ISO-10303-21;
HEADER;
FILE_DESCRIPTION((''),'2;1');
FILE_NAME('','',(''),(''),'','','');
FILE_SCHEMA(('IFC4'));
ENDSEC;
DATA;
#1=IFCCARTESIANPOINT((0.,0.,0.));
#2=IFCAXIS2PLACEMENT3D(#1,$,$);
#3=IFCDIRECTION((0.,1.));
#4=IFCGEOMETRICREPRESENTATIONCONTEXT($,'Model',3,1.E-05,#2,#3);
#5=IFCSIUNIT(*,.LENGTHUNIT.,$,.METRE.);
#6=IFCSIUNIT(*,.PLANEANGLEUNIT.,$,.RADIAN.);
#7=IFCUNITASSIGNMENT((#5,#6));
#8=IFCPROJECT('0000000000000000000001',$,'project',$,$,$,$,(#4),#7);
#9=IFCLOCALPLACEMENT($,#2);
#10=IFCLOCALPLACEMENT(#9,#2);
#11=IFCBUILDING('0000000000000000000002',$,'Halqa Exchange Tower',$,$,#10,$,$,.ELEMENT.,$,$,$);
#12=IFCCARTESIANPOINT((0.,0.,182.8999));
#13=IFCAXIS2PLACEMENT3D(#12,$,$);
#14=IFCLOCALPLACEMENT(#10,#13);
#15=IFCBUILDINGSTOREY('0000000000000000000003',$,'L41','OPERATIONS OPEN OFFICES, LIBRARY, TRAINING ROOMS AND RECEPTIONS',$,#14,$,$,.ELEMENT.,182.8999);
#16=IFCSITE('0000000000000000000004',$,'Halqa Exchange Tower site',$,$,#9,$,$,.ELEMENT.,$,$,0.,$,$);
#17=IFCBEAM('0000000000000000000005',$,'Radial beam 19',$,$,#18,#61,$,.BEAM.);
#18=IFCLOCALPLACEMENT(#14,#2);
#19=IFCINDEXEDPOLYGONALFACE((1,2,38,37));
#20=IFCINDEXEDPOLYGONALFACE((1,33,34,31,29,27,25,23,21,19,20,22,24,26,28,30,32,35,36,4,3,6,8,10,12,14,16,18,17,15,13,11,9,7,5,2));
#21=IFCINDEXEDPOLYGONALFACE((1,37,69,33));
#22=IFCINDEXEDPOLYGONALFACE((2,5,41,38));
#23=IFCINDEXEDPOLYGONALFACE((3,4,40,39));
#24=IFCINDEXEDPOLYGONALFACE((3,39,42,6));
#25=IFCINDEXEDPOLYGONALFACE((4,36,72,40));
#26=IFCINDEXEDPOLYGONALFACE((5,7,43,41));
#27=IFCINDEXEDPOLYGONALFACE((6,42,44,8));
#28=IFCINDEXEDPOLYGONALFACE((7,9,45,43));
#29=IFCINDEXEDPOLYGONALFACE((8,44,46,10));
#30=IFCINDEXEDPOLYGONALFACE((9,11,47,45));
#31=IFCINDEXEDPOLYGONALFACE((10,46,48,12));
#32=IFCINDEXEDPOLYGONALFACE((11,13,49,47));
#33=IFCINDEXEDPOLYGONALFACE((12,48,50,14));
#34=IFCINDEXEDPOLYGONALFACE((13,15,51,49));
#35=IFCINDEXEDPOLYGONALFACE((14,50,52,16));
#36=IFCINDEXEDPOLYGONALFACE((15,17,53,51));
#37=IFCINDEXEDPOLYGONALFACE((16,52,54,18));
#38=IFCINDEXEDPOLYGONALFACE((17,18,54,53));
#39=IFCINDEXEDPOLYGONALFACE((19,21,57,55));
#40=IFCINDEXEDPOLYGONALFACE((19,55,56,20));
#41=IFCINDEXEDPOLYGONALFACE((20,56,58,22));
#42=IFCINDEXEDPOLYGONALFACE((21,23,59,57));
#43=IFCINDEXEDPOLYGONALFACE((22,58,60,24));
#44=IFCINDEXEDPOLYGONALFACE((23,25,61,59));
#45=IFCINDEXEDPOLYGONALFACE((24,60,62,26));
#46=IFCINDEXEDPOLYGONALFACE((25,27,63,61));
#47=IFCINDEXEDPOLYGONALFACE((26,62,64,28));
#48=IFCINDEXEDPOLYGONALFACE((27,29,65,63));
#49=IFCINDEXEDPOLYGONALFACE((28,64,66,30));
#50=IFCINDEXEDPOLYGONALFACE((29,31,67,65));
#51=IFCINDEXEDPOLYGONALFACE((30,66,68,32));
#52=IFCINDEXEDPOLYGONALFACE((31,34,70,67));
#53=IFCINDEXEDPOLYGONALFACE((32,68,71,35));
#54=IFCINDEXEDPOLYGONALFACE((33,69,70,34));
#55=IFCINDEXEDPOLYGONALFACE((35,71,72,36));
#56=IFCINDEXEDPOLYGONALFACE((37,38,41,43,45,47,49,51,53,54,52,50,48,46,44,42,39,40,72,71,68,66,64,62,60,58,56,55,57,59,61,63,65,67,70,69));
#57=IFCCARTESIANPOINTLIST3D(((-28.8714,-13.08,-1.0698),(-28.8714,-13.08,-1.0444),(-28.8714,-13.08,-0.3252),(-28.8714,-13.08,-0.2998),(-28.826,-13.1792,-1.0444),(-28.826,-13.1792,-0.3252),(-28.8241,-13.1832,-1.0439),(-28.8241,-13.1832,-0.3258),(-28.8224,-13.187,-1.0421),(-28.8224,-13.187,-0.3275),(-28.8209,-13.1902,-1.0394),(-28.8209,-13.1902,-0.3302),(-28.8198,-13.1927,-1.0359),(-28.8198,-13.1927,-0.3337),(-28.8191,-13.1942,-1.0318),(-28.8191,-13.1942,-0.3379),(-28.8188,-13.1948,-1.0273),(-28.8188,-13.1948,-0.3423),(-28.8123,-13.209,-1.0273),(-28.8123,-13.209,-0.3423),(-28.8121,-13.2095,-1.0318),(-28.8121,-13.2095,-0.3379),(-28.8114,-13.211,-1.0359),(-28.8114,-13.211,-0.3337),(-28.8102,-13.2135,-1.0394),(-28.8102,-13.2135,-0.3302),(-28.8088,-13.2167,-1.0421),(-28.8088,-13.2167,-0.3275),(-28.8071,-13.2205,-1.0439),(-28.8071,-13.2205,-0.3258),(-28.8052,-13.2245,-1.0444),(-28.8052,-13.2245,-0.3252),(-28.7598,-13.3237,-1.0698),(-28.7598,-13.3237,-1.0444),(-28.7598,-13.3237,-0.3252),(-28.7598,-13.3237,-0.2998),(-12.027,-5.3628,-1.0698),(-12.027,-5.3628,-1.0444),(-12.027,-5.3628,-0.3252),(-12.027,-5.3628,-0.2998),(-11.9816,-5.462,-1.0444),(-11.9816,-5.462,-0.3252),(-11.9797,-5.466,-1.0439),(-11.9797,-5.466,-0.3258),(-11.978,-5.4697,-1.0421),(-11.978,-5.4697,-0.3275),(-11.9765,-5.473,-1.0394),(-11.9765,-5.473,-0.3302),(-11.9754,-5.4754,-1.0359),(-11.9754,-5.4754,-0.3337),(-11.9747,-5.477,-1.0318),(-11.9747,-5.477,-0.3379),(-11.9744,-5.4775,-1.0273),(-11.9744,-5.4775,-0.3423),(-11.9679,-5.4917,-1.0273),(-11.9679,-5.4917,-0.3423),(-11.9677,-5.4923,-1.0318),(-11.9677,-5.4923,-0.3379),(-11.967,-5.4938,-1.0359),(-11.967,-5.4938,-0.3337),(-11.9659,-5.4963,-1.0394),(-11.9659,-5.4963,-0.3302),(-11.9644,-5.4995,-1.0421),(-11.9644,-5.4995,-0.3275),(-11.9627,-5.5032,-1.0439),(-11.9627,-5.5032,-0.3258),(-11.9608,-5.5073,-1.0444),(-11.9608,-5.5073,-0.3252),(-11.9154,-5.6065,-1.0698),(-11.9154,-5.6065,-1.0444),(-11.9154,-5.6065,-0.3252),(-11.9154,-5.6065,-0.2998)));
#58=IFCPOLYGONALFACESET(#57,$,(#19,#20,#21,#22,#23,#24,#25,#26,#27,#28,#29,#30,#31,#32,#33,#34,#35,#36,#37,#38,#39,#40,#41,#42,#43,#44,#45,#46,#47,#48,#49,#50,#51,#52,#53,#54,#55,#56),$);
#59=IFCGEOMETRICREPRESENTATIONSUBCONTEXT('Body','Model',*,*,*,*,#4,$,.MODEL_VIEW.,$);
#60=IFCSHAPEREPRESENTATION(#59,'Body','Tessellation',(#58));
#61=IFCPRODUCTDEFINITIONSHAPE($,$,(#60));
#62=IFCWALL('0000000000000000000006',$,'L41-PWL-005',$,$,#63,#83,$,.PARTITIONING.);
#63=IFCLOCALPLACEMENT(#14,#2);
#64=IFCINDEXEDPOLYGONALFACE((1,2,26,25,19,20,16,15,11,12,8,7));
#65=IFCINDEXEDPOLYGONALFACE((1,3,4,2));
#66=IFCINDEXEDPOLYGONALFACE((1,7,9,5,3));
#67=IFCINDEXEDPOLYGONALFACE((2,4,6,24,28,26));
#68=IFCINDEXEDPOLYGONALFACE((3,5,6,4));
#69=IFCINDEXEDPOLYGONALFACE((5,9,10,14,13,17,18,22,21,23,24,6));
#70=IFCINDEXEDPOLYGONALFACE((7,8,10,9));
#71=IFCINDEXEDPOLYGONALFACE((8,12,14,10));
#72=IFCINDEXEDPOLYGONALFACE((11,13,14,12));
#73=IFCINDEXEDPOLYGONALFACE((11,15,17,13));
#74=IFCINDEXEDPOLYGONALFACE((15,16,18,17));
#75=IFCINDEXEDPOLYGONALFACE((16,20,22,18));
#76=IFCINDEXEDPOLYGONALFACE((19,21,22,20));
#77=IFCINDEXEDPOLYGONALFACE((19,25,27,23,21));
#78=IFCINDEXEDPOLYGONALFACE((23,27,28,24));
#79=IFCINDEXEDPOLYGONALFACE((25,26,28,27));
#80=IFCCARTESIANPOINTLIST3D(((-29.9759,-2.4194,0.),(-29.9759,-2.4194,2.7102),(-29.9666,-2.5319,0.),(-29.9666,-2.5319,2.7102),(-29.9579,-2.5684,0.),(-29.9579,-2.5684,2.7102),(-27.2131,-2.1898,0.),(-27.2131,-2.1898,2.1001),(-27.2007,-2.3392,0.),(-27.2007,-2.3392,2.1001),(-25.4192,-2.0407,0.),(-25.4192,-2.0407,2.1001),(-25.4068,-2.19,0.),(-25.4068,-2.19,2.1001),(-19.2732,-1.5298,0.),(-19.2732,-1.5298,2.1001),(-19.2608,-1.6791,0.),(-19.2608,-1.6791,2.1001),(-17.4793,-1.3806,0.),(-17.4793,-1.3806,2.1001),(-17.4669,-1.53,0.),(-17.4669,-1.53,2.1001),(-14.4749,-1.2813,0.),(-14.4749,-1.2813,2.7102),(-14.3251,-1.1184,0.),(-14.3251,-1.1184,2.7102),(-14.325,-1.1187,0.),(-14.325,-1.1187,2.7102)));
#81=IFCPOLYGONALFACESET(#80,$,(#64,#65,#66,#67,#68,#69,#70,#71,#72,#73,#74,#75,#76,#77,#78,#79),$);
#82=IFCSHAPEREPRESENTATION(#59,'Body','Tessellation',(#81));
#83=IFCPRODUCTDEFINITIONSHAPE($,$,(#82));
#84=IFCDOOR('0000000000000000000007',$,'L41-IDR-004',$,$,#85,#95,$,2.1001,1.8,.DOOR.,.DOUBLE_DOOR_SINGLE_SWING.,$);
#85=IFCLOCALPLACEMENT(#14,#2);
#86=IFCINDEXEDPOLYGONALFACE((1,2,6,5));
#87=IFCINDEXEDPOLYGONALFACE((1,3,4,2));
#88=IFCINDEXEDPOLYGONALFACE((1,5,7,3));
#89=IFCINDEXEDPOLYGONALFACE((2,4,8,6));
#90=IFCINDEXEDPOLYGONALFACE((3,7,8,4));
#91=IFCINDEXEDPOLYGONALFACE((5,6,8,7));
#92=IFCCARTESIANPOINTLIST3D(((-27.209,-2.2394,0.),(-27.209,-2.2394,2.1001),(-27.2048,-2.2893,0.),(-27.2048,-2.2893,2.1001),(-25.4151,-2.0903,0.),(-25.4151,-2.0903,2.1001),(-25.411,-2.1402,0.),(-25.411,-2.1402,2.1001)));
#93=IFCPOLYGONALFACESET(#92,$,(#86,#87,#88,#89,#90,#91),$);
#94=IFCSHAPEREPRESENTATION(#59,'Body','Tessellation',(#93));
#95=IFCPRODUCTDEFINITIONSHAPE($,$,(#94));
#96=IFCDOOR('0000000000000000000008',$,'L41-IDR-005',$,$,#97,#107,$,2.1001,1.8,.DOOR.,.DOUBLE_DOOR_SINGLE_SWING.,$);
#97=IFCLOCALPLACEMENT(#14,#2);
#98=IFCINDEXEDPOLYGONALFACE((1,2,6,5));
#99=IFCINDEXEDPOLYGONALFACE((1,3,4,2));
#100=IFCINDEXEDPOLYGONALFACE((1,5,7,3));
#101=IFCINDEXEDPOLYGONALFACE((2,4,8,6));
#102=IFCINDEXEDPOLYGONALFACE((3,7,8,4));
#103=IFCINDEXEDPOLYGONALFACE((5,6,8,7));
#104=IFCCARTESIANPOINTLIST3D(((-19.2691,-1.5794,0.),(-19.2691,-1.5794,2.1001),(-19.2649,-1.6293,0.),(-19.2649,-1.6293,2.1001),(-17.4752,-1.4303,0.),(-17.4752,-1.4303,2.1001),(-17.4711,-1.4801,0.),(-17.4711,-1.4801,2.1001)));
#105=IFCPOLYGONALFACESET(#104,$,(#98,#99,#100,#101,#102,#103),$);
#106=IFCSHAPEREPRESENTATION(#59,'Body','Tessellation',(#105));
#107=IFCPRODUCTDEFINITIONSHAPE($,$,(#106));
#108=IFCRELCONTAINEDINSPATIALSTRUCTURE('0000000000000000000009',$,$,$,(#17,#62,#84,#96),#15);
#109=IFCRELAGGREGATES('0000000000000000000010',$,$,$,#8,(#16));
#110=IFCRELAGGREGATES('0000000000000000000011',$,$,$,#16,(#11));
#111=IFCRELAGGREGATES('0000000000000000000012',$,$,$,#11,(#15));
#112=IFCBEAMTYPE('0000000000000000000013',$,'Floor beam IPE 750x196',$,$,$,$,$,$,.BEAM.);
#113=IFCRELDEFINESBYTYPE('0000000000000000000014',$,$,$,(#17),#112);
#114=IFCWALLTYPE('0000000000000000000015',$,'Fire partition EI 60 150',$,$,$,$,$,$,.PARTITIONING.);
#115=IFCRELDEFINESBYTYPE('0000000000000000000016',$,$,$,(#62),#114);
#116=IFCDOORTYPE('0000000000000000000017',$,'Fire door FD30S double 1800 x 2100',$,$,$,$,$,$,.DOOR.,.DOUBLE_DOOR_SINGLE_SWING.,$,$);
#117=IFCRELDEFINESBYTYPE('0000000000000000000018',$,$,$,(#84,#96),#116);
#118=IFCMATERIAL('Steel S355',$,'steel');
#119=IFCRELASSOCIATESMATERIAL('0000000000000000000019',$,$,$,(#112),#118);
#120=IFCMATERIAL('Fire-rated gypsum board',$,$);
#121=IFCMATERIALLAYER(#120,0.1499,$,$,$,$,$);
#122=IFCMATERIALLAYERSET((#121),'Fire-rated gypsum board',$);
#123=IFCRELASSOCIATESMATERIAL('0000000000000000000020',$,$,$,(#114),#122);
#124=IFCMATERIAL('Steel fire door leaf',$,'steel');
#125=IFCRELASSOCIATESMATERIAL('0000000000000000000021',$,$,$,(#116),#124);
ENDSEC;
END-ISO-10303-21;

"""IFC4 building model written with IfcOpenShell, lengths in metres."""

from ifc_helpers import new_model, si_unit, direction, frame, frame_2d, origin, origin_2d, place, context, subcontext, project, spatial, polyline, rectangle, i_section, outline, extrude, material, layer, layer_set, material_profile, profile_set, type_object, element, fill, save


model = new_model("IFC4")

# Units and contexts
model_context = context("Model", 3, precision=1e-05, world=origin(), true_north=direction((0.0, 1.0)))
body_context = subcontext(model_context, "Body", "Model", "MODEL_VIEW")
ifc_project = project(units=[si_unit("LENGTHUNIT", "METRE"), si_unit("PLANEANGLEUNIT", "RADIAN")], contexts=[model_context])

# Site, building, storey
site_placement = place(None, origin())
site = spatial("IfcSite", under=ifc_project, at=site_placement, Name="Halqa Exchange Tower site", CompositionType="ELEMENT", RefElevation=0.0)
building_placement = place(site_placement, origin())
building = spatial("IfcBuilding", under=site, at=building_placement, Name="Halqa Exchange Tower", CompositionType="ELEMENT")
storey_placement = place(building_placement, frame((0.0, 0.0, 182.8999)))
storey = spatial("IfcBuildingStorey", under=building, at=storey_placement, Name="L41", Description="OPERATIONS OPEN OFFICES, LIBRARY, TRAINING ROOMS AND RECEPTIONS", CompositionType="ELEMENT", Elevation=182.8999)

# Beam
ifc_material_1 = material(Name="Steel S355", Category="steel")
ifc_material_profile_1 = material_profile(ifc_material_1, i_section(OverallWidth=0.2681, OverallDepth=0.77, WebThickness=0.0156, FlangeThickness=0.0254, FilletRadius=0.0171, at=origin_2d()), Name="IPE 750x196")
ifc_profile_set_1 = profile_set([ifc_material_profile_1], Name="Steel S355")
beam_type_1 = type_object("IfcBeamType", Name="Floor beam IPE 750x196", PredefinedType="BEAM", material=ifc_profile_set_1)
beam_1_placement = place(storey_placement, frame((-11.9712, -5.4846, -0.6848), z_axis=(-0.909128, -0.416516, 0.0), x_axis=(0.416516, -0.909128, 0.0)))
element("IfcBeam", 1, at=beam_1_placement, inside=storey, type_object=beam_type_1, Name="Radial beam 19", PredefinedType="BEAM", context=body_context, shape_type="SweptSolid", body=[
    extrude(i_section(OverallWidth=0.2681, OverallDepth=0.77, WebThickness=0.0156, FlangeThickness=0.0254, FilletRadius=0.0171, at=origin_2d()), origin(), (0.0, 0.0, 1.0), 18.5281),
])

# Wall, openings, doors
ifc_material_2 = material(Name="Fire-rated gypsum board")
ifc_layer_1 = layer(ifc_material_2, 0.1499)
ifc_layer_set_1 = layer_set([ifc_layer_1], Name="Fire-rated gypsum board")
wall_type_1 = type_object("IfcWallType", Name="Fire partition EI 60 150", PredefinedType="PARTITIONING", material=ifc_layer_set_1)
wall_1_placement = place(storey_placement, frame((-14.3188, -1.1931, 0.0), z_axis=(0.0, 0.0, 1.0), x_axis=(-0.996563, -0.082842, 0.0)))
wall_1 = element("IfcWall", 2, at=wall_1_placement, inside=storey, type_object=wall_type_1, Name="L41-PWL-005", PredefinedType="PARTITIONING", context=body_context, shape_type="SweptSolid", body=[
    extrude(outline(polyline([(15.7048, -0.075), (15.7048, 0.0378), (15.6992, 0.075), (13.7571, 0.075), (11.8152, 0.075), (9.873, 0.075), (7.9309, 0.075), (5.989, 0.075), (4.0469, 0.075), (2.1047, 0.075), (0.1628, 0.075), (0.0815, 0.0002), (0.0, -0.0747), (0.0, -0.075), (1.9631, -0.075), (3.9263, -0.075), (5.8894, -0.075), (7.8525, -0.075), (9.8154, -0.075), (11.7786, -0.075), (13.7417, -0.075), (15.7048, -0.075)])), origin(), (0.0, 0.0, 1.0), 2.7102),
])
opening_1_placement = place(wall_1_placement, frame((11.1326, 0.0, 0.0)))
opening_1 = element("IfcOpeningElement", 3, at=opening_1_placement, cuts=wall_1, PredefinedType="OPENING", context=body_context, shape_type="SweptSolid", body=[
    extrude(rectangle(XDim=1.8, YDim=2.1001, at=frame_2d((0.8999, 1.05))), frame((0.0, 0.0869, 0.0), z_axis=(0.0, -1.0, 0.0), x_axis=(1.0, 0.0, 0.0)), (0.0, 0.0, 1.0), 0.1738),
])
opening_2_placement = place(wall_1_placement, frame((3.1653, 0.0, 0.0)))
opening_2 = element("IfcOpeningElement", 4, at=opening_2_placement, cuts=wall_1, PredefinedType="OPENING", context=body_context, shape_type="SweptSolid", body=[
    extrude(rectangle(XDim=1.8, YDim=2.1001, at=frame_2d((0.8999, 1.05))), frame((0.0, 0.0869, 0.0), z_axis=(0.0, -1.0, 0.0), x_axis=(1.0, 0.0, 0.0)), (0.0, 0.0, 1.0), 0.1738),
])
ifc_material_3 = material(Name="Steel fire door leaf", Category="steel")
door_type_1 = type_object("IfcDoorType", Name="Fire door FD30S double 1800 x 2100", OperationType="DOUBLE_DOOR_SINGLE_SWING", PredefinedType="DOOR", material=ifc_material_3)
door_1_placement = place(opening_1_placement, origin())
door_1 = element("IfcDoor", 5, at=door_1_placement, inside=storey, type_object=door_type_1, Name="L41-IDR-004", OperationType="DOUBLE_DOOR_SINGLE_SWING", OverallHeight=2.1001, OverallWidth=1.8, PredefinedType="DOOR", context=body_context, shape_type="SweptSolid", body=[
    extrude(rectangle(XDim=1.8, YDim=2.1001, at=frame_2d((0.8999, 1.05))), frame((0.0, 0.0249, 0.0), z_axis=(0.0, -1.0, 0.0), x_axis=(1.0, 0.0, 0.0)), (0.0, 0.0, 1.0), 0.05),
])
fill(opening_1, door_1)
door_2_placement = place(opening_2_placement, origin())
door_2 = element("IfcDoor", 6, at=door_2_placement, inside=storey, type_object=door_type_1, Name="L41-IDR-005", OperationType="DOUBLE_DOOR_SINGLE_SWING", OverallHeight=2.1001, OverallWidth=1.8, PredefinedType="DOOR", context=body_context, shape_type="SweptSolid", body=[
    extrude(rectangle(XDim=1.8, YDim=2.1001, at=frame_2d((0.8999, 1.05))), frame((0.0, 0.0249, 0.0), z_axis=(0.0, -1.0, 0.0), x_axis=(1.0, 0.0, 0.0)), (0.0, 0.0, 1.0), 0.05),
])
fill(opening_2, door_2)

save(model, "model.ifc")
